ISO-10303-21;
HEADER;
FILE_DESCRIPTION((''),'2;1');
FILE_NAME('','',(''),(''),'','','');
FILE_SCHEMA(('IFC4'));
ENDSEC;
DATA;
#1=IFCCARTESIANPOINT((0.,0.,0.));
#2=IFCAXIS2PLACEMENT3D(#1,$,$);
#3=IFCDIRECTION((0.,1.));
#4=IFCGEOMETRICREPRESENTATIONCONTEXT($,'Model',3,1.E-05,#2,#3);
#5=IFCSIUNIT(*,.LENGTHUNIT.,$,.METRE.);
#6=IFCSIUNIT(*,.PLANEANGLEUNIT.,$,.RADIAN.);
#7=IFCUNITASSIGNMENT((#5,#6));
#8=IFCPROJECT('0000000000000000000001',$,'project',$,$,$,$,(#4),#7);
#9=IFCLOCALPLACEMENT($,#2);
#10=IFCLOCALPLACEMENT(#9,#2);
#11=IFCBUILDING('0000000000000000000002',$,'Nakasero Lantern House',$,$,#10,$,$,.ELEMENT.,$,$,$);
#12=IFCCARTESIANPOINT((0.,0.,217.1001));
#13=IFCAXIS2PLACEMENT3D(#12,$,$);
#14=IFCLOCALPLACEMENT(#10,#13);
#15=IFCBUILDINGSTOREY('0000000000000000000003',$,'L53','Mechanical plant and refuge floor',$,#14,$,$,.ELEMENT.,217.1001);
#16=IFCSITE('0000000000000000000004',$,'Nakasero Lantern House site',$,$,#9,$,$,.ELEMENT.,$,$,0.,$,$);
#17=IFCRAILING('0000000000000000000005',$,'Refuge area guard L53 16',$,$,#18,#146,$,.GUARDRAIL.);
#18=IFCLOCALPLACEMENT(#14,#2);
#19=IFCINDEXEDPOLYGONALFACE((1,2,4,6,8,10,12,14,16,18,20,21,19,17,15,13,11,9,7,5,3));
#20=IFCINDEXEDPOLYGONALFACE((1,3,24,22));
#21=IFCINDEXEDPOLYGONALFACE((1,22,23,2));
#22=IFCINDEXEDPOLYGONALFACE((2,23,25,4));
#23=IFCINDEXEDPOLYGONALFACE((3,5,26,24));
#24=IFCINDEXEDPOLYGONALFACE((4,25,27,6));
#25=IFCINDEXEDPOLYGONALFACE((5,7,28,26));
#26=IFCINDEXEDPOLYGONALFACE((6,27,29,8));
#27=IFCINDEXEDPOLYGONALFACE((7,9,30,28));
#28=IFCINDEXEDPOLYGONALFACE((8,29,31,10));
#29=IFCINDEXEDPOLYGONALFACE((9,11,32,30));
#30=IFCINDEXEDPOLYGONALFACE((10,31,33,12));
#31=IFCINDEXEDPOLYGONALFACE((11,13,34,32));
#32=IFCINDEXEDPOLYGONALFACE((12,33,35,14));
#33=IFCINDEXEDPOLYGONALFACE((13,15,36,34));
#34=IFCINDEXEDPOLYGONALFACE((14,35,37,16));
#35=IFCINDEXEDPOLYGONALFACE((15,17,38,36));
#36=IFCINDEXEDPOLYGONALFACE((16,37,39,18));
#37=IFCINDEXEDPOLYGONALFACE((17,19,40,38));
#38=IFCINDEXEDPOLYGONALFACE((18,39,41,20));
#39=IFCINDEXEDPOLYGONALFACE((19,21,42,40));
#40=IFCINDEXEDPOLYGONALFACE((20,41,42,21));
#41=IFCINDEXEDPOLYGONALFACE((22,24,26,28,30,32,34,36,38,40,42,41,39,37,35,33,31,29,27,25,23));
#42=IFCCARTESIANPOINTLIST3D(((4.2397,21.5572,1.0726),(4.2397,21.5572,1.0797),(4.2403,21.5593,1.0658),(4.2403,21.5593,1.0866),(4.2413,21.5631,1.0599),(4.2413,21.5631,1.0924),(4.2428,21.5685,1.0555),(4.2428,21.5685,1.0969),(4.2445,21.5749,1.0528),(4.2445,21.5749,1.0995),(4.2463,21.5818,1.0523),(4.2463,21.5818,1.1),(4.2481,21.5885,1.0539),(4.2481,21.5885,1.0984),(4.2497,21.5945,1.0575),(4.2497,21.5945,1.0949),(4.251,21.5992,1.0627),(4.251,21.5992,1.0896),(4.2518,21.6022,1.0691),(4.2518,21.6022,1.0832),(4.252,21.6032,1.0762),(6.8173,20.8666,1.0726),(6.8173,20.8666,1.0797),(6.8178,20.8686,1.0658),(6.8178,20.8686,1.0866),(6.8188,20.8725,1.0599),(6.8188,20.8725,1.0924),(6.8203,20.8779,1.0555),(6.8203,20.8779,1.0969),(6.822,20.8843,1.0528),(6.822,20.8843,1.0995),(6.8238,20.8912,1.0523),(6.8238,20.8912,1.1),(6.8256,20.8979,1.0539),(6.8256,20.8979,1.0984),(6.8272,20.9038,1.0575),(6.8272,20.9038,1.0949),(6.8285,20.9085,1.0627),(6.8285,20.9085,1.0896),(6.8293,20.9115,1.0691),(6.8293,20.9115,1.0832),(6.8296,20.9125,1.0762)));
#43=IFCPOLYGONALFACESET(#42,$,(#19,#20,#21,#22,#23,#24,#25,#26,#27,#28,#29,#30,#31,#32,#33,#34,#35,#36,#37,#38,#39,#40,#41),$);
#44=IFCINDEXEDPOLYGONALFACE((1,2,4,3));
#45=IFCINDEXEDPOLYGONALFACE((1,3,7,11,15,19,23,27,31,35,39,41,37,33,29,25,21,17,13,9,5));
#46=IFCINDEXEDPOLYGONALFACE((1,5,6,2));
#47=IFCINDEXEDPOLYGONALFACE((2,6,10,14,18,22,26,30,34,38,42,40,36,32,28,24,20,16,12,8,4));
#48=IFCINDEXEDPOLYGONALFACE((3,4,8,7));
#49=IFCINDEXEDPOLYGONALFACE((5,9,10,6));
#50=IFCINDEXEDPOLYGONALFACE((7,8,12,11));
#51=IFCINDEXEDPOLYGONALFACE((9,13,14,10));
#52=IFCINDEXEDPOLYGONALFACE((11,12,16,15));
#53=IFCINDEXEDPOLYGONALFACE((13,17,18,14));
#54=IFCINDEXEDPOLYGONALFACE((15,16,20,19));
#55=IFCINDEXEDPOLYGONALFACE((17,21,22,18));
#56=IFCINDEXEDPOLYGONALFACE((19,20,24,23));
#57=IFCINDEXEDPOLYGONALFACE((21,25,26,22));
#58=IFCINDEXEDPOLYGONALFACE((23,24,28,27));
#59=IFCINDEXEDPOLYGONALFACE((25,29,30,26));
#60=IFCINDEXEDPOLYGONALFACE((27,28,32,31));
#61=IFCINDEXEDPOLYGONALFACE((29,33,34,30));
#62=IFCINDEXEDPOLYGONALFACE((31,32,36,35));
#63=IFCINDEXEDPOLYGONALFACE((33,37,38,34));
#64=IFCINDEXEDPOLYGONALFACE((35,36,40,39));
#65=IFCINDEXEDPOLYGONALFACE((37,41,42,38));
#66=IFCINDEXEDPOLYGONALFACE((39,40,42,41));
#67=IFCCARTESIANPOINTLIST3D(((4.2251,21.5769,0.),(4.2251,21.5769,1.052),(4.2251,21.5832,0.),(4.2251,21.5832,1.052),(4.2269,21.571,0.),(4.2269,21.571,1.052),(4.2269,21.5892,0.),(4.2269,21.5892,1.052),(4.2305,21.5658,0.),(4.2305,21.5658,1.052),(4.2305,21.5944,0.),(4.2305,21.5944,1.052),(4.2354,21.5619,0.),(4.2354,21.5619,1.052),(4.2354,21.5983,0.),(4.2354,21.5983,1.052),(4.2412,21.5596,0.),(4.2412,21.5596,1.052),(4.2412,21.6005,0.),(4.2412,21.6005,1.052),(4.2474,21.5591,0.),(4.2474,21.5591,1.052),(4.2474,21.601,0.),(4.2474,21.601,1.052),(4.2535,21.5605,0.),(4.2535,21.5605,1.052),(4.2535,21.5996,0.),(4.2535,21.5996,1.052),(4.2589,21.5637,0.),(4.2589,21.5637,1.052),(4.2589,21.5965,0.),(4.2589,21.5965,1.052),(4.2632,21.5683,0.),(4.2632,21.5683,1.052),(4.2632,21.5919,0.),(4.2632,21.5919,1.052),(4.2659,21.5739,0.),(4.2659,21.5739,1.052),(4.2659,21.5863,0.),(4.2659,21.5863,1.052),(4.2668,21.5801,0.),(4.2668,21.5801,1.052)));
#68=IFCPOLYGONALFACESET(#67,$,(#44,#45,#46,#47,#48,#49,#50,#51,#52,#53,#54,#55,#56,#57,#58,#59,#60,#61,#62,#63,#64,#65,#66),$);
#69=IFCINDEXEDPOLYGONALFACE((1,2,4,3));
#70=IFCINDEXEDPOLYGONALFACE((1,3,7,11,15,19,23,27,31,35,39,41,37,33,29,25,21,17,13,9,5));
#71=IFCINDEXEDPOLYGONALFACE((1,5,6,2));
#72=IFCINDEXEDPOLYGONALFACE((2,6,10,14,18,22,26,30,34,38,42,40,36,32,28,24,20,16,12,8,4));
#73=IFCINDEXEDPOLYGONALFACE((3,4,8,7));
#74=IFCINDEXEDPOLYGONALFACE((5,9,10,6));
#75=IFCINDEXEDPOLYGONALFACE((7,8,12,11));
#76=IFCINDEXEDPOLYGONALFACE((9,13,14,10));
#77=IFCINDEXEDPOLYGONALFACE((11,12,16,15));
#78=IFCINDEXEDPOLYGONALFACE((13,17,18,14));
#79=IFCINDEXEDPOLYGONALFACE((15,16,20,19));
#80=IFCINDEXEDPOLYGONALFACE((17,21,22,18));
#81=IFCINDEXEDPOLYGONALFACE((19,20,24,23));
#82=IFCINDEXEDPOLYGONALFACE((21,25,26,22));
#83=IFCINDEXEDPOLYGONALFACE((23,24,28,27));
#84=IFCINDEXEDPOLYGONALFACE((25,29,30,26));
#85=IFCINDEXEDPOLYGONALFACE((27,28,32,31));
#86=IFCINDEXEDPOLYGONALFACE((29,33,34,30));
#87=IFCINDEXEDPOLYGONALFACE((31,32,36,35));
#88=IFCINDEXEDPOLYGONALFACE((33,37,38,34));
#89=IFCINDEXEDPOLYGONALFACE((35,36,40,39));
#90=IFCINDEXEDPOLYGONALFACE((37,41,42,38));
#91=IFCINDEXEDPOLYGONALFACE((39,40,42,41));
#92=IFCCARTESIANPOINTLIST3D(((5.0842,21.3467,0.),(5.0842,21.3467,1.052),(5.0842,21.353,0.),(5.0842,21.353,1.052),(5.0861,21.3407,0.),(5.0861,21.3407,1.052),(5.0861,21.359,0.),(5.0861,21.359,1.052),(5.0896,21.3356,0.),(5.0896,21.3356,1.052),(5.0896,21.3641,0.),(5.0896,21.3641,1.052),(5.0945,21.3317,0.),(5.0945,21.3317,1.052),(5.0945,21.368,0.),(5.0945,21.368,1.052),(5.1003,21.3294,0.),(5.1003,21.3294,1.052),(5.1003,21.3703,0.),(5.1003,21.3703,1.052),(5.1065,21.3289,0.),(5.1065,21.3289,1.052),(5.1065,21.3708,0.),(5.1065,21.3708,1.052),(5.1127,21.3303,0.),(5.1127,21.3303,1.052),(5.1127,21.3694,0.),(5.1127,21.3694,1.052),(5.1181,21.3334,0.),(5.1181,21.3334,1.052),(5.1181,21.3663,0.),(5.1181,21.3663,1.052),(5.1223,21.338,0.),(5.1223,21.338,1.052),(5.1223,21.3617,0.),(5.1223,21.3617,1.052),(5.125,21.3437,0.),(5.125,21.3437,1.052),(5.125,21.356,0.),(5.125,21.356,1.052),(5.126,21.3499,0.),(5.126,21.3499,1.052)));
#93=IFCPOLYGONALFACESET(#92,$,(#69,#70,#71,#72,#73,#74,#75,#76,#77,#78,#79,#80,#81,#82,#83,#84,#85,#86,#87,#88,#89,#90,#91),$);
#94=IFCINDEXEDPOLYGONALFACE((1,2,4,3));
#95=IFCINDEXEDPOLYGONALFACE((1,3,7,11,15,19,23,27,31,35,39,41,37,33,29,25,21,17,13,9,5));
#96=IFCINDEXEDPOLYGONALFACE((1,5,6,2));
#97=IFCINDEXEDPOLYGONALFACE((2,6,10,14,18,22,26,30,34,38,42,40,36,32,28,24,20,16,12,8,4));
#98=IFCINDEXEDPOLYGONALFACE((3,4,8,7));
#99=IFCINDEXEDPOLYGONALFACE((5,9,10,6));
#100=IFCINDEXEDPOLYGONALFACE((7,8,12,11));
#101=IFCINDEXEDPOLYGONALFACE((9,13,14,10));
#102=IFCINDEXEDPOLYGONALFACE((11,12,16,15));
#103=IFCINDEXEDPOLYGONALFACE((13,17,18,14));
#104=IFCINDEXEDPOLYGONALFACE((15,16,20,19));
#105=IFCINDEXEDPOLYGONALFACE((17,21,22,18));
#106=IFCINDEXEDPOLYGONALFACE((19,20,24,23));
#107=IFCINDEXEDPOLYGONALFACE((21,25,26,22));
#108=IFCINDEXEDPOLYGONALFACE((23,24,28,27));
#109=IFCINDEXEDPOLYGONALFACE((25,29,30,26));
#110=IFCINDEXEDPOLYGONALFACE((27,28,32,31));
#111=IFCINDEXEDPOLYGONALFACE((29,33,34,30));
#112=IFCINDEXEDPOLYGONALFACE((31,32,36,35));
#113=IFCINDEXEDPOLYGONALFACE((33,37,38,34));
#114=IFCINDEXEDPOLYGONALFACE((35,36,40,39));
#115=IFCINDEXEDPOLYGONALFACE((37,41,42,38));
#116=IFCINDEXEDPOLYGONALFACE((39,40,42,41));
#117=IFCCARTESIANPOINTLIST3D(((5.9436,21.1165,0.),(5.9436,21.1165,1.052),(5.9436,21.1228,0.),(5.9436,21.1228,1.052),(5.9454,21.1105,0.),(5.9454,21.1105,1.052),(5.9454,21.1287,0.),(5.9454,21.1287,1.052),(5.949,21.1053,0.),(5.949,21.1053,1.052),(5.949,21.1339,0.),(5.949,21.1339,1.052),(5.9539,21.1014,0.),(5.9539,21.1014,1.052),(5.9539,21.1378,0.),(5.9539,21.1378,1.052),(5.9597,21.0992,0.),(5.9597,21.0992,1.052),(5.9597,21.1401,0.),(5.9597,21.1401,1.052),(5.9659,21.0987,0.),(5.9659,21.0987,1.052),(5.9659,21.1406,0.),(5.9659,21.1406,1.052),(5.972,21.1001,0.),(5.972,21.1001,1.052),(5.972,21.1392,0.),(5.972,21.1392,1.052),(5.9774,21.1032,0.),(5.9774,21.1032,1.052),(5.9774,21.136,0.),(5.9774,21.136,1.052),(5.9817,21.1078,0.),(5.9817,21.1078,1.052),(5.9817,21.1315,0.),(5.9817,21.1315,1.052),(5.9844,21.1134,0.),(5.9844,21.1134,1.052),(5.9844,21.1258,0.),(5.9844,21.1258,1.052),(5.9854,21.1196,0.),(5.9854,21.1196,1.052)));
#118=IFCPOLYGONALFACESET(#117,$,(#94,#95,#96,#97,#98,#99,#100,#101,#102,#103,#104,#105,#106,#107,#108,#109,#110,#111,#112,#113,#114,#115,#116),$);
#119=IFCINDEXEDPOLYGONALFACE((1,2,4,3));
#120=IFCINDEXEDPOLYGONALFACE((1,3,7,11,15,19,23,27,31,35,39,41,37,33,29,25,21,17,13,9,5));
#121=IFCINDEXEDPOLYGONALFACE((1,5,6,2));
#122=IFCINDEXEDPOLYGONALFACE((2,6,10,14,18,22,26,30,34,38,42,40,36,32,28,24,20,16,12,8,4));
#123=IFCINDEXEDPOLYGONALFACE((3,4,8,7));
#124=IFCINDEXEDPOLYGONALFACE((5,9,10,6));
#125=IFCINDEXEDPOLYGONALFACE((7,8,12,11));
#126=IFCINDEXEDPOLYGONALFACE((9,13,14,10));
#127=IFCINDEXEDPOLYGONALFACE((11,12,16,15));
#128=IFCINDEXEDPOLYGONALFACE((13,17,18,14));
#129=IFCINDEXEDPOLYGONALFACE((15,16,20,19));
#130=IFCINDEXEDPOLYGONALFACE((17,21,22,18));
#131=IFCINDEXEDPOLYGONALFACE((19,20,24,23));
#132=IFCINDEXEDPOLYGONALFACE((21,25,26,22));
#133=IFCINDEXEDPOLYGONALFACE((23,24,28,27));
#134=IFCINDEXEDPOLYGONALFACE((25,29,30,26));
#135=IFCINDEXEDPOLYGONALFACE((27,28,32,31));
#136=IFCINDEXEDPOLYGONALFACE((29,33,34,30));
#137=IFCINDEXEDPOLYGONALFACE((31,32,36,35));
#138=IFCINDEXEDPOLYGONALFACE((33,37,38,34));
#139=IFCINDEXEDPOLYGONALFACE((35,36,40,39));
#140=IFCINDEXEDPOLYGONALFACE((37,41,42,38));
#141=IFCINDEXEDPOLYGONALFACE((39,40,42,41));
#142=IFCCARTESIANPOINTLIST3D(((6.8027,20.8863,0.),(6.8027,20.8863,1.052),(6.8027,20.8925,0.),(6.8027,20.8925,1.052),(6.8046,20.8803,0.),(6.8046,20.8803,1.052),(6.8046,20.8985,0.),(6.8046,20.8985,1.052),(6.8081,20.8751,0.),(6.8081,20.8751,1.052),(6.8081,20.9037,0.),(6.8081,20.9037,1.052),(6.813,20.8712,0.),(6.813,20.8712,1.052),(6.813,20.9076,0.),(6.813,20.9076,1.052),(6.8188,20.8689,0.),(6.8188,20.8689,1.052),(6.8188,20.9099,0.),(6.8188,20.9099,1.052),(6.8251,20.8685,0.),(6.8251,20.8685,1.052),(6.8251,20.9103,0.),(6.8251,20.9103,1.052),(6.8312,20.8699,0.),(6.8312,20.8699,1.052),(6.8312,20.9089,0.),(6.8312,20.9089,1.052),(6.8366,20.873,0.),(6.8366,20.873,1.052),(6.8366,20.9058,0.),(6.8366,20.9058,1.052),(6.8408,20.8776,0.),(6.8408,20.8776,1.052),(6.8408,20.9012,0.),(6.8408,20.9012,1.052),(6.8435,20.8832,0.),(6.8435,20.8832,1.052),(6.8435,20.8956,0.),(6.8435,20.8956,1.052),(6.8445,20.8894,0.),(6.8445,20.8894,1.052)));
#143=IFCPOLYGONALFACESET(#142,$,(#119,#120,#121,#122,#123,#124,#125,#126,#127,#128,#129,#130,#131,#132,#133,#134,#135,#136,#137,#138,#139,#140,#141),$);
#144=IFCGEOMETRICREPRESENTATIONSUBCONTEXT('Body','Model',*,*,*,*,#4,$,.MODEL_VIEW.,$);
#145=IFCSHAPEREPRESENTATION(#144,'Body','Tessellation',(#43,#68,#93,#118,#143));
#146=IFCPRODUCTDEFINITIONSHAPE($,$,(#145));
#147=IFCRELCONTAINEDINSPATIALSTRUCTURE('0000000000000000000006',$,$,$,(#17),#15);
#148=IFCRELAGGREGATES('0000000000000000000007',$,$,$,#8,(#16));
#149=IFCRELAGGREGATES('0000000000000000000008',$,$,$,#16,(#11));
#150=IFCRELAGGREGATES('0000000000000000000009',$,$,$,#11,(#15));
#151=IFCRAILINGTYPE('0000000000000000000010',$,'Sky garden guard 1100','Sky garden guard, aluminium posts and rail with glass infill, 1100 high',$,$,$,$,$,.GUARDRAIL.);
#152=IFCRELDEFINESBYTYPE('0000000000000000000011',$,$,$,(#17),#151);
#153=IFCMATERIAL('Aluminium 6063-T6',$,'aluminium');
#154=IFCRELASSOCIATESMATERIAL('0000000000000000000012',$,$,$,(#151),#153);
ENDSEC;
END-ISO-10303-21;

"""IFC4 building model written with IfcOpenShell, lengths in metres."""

from ifc_helpers import new_model, si_unit, direction, frame, origin, origin_2d, place, context, subcontext, project, spatial, circle, extrude, material, type_object, element, save


model = new_model("IFC4")

# Units and contexts
model_context = context("Model", 3, precision=1e-05, world=origin(), true_north=direction((0.0, 1.0)))
body_context = subcontext(model_context, "Body", "Model", "MODEL_VIEW")
ifc_project = project(units=[si_unit("LENGTHUNIT", "METRE"), si_unit("PLANEANGLEUNIT", "RADIAN")], contexts=[model_context])

# Site, building, storey
site_placement = place(None, origin())
site = spatial("IfcSite", under=ifc_project, at=site_placement, Name="Nakasero Lantern House site", CompositionType="ELEMENT", RefElevation=0.0)
building_placement = place(site_placement, origin())
building = spatial("IfcBuilding", under=site, at=building_placement, Name="Nakasero Lantern House", CompositionType="ELEMENT")
storey_placement = place(building_placement, frame((0.0, 0.0, 217.1001)))
storey = spatial("IfcBuildingStorey", under=building, at=storey_placement, Name="L53", Description="Mechanical plant and refuge floor", CompositionType="ELEMENT", Elevation=217.1001)

# Railing
ifc_material_1 = material(Name="Aluminium 6063-T6", Category="aluminium")
railing_type = type_object("IfcRailingType", Name="Sky garden guard 1100", Description="Sky garden guard, aluminium posts and rail with glass infill, 1100 high", PredefinedType="GUARDRAIL", material=ifc_material_1)
railing_1_placement = place(storey_placement, frame((4.2458, 21.5801, 0.0)))
element("IfcRailing", 1, at=railing_1_placement, inside=storey, type_object=railing_type, Name="Refuge area guard L53 16", PredefinedType="GUARDRAIL", context=body_context, shape_type="SweptSolid", body=[
    extrude(circle(Radius=0.0239, at=origin_2d()), frame((0.0, 0.0, 1.0762), z_axis=(0.965926, -0.258818, 0.0), x_axis=(0.258818, 0.965926, 0.0)), (0.0, 0.0, 1.0), 2.6685),
    extrude(circle(Radius=0.021, at=origin_2d()), origin(), (0.0, 0.0, 1.0), 1.052),
    extrude(circle(Radius=0.021, at=origin_2d()), frame((0.8591, -0.2302, 0.0)), (0.0, 0.0, 1.0), 1.052),
    extrude(circle(Radius=0.021, at=origin_2d()), frame((1.7185, -0.4604, 0.0)), (0.0, 0.0, 1.0), 1.052),
    extrude(circle(Radius=0.021, at=origin_2d()), frame((2.5776, -0.6907, 0.0)), (0.0, 0.0, 1.0), 1.052),
])

save(model, "model.ifc")
